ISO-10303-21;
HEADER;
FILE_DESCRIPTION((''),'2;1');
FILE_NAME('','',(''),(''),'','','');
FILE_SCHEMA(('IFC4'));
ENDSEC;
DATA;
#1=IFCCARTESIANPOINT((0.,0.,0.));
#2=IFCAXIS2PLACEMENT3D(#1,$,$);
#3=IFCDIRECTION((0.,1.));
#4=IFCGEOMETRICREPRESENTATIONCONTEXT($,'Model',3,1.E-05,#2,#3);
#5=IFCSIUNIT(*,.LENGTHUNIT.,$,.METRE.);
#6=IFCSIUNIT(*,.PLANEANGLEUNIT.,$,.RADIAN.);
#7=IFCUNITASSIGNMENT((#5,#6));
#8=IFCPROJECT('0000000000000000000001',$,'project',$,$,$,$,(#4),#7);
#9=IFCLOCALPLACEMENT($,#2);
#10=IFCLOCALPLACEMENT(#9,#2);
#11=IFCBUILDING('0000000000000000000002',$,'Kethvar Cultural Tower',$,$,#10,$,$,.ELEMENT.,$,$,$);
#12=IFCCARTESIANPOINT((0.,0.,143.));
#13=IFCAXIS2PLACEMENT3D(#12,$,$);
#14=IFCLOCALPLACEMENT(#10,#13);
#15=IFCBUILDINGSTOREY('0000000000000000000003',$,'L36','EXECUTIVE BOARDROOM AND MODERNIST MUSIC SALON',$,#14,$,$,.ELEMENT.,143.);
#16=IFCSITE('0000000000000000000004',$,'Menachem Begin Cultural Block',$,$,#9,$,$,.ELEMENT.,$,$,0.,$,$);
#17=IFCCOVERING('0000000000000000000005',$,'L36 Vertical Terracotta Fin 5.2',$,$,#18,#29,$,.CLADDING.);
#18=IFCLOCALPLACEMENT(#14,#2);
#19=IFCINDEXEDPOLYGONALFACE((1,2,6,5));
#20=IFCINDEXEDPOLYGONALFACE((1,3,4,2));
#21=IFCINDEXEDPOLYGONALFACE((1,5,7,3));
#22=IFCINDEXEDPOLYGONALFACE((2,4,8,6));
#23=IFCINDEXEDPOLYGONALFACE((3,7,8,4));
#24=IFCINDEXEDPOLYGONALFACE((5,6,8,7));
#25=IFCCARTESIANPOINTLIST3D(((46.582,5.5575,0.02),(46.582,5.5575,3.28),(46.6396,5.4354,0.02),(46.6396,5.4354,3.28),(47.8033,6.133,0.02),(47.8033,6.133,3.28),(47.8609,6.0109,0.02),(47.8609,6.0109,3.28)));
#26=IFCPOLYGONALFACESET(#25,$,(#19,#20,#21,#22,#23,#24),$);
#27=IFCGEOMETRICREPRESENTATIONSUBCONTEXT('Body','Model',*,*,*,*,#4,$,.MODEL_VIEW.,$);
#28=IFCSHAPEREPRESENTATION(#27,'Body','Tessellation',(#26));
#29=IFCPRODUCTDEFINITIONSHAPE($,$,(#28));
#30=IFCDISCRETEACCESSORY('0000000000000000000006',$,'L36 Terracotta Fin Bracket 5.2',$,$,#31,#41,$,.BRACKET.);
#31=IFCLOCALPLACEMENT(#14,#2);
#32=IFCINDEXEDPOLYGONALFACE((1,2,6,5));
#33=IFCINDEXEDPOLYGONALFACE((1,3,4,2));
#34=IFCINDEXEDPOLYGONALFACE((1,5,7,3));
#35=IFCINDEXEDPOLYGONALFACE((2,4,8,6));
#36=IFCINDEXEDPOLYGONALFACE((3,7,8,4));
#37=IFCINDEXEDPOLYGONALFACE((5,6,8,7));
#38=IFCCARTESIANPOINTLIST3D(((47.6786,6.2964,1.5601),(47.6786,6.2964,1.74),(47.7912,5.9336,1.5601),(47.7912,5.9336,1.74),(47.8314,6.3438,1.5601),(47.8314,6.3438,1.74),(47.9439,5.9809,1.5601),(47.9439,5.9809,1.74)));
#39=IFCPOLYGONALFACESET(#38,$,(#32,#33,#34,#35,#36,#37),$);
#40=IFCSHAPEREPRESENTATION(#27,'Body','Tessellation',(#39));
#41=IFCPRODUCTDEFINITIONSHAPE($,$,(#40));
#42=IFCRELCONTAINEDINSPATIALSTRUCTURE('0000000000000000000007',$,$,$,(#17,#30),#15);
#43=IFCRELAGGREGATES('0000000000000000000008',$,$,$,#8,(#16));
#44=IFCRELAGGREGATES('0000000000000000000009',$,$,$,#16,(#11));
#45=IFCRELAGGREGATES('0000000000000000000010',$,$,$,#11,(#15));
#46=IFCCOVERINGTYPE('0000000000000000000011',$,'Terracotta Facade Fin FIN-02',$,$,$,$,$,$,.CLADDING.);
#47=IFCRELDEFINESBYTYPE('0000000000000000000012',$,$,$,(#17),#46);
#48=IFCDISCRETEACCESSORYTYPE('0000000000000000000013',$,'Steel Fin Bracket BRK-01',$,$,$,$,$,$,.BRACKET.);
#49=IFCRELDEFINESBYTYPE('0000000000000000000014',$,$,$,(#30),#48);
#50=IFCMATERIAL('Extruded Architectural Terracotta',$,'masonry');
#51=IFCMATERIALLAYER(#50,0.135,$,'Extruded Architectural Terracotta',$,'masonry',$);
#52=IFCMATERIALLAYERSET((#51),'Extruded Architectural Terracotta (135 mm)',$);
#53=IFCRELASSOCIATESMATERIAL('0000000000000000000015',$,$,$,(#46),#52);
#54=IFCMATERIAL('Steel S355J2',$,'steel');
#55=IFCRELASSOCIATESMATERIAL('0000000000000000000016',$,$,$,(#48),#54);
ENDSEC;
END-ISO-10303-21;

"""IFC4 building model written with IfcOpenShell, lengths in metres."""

from ifc_helpers import new_model, si_unit, direction, frame, origin, origin_2d, place, context, subcontext, project, spatial, rectangle, extrude, source, transform, mapped, material, layer, layer_set, type_object, element, save


model = new_model("IFC4")

# Units and contexts
model_context = context("Model", 3, precision=1e-05, world=origin(), true_north=direction((0.0, 1.0)))
body_context = subcontext(model_context, "Body", "Model", "MODEL_VIEW")
ifc_project = project(units=[si_unit("LENGTHUNIT", "METRE"), si_unit("PLANEANGLEUNIT", "RADIAN")], contexts=[model_context])

# Site, building, storey
site_placement = place(None, origin())
site = spatial("IfcSite", under=ifc_project, at=site_placement, Name="Menachem Begin Cultural Block", CompositionType="ELEMENT", RefElevation=0.0)
building_placement = place(site_placement, origin())
building = spatial("IfcBuilding", under=site, at=building_placement, Name="Kethvar Cultural Tower", CompositionType="ELEMENT")
storey_placement = place(building_placement, frame((0.0, 0.0, 143.0)))
storey = spatial("IfcBuildingStorey", under=building, at=storey_placement, Name="L36", Description="EXECUTIVE BOARDROOM AND MODERNIST MUSIC SALON", CompositionType="ELEMENT", Elevation=143.0)

# Shared definitions
ifc_material_1 = material(Name="Steel S355J2", Category="steel")

# Covering
ifc_material_2 = material(Name="Extruded Architectural Terracotta", Category="masonry")
ifc_layer_1 = layer(ifc_material_2, 0.135, Name="Extruded Architectural Terracotta", Category="masonry")
ifc_layer_set_1 = layer_set([ifc_layer_1], Name="Extruded Architectural Terracotta (135 mm)")
covering_type_1 = type_object("IfcCoveringType", Name="Terracotta Facade Fin FIN-02", PredefinedType="CLADDING", material=ifc_layer_set_1)
shared_shape_1 = source(origin(), body_context, "Body", "SweptSolid", [
    extrude(rectangle(XDim=1.3501, YDim=0.135, at=origin_2d()), origin(), (0.0, 0.0, 1.0), 3.26),
])
covering_1_placement = place(storey_placement, frame((47.2214, 5.7842, 0.02), z_axis=(0.0, 0.0, 1.0), x_axis=(-0.904604, -0.426253, 0.0)))
element("IfcCovering", 1, at=covering_1_placement, inside=storey, type_object=covering_type_1, Name="L36 Vertical Terracotta Fin 5.2", PredefinedType="CLADDING", context=body_context, shape_type="MappedRepresentation", body=[
    mapped(shared_shape_1, transform((0.0, 0.0, 0.0), scale=1.0)),
])

# Discrete accessory
discrete_accessory_type = type_object("IfcDiscreteAccessoryType", Name="Steel Fin Bracket BRK-01", PredefinedType="BRACKET", material=ifc_material_1)
shared_shape_2 = source(origin(), body_context, "Body", "SweptSolid", [
    extrude(rectangle(XDim=0.3799, YDim=0.1599, at=origin_2d()), origin(), (0.0, 0.0, 1.0), 0.1799),
])
discrete_accessory_placement = place(storey_placement, frame((47.8113, 6.1387, 1.5601), z_axis=(0.0, 0.0, 1.0), x_axis=(0.296208, -0.955123, 0.0)))
element("IfcDiscreteAccessory", 2, at=discrete_accessory_placement, inside=storey, type_object=discrete_accessory_type, Name="L36 Terracotta Fin Bracket 5.2", PredefinedType="BRACKET", context=body_context, shape_type="MappedRepresentation", body=[
    mapped(shared_shape_2, transform((0.0, 0.0, 0.0), scale=1.0)),
])

save(model, "model.ifc")
